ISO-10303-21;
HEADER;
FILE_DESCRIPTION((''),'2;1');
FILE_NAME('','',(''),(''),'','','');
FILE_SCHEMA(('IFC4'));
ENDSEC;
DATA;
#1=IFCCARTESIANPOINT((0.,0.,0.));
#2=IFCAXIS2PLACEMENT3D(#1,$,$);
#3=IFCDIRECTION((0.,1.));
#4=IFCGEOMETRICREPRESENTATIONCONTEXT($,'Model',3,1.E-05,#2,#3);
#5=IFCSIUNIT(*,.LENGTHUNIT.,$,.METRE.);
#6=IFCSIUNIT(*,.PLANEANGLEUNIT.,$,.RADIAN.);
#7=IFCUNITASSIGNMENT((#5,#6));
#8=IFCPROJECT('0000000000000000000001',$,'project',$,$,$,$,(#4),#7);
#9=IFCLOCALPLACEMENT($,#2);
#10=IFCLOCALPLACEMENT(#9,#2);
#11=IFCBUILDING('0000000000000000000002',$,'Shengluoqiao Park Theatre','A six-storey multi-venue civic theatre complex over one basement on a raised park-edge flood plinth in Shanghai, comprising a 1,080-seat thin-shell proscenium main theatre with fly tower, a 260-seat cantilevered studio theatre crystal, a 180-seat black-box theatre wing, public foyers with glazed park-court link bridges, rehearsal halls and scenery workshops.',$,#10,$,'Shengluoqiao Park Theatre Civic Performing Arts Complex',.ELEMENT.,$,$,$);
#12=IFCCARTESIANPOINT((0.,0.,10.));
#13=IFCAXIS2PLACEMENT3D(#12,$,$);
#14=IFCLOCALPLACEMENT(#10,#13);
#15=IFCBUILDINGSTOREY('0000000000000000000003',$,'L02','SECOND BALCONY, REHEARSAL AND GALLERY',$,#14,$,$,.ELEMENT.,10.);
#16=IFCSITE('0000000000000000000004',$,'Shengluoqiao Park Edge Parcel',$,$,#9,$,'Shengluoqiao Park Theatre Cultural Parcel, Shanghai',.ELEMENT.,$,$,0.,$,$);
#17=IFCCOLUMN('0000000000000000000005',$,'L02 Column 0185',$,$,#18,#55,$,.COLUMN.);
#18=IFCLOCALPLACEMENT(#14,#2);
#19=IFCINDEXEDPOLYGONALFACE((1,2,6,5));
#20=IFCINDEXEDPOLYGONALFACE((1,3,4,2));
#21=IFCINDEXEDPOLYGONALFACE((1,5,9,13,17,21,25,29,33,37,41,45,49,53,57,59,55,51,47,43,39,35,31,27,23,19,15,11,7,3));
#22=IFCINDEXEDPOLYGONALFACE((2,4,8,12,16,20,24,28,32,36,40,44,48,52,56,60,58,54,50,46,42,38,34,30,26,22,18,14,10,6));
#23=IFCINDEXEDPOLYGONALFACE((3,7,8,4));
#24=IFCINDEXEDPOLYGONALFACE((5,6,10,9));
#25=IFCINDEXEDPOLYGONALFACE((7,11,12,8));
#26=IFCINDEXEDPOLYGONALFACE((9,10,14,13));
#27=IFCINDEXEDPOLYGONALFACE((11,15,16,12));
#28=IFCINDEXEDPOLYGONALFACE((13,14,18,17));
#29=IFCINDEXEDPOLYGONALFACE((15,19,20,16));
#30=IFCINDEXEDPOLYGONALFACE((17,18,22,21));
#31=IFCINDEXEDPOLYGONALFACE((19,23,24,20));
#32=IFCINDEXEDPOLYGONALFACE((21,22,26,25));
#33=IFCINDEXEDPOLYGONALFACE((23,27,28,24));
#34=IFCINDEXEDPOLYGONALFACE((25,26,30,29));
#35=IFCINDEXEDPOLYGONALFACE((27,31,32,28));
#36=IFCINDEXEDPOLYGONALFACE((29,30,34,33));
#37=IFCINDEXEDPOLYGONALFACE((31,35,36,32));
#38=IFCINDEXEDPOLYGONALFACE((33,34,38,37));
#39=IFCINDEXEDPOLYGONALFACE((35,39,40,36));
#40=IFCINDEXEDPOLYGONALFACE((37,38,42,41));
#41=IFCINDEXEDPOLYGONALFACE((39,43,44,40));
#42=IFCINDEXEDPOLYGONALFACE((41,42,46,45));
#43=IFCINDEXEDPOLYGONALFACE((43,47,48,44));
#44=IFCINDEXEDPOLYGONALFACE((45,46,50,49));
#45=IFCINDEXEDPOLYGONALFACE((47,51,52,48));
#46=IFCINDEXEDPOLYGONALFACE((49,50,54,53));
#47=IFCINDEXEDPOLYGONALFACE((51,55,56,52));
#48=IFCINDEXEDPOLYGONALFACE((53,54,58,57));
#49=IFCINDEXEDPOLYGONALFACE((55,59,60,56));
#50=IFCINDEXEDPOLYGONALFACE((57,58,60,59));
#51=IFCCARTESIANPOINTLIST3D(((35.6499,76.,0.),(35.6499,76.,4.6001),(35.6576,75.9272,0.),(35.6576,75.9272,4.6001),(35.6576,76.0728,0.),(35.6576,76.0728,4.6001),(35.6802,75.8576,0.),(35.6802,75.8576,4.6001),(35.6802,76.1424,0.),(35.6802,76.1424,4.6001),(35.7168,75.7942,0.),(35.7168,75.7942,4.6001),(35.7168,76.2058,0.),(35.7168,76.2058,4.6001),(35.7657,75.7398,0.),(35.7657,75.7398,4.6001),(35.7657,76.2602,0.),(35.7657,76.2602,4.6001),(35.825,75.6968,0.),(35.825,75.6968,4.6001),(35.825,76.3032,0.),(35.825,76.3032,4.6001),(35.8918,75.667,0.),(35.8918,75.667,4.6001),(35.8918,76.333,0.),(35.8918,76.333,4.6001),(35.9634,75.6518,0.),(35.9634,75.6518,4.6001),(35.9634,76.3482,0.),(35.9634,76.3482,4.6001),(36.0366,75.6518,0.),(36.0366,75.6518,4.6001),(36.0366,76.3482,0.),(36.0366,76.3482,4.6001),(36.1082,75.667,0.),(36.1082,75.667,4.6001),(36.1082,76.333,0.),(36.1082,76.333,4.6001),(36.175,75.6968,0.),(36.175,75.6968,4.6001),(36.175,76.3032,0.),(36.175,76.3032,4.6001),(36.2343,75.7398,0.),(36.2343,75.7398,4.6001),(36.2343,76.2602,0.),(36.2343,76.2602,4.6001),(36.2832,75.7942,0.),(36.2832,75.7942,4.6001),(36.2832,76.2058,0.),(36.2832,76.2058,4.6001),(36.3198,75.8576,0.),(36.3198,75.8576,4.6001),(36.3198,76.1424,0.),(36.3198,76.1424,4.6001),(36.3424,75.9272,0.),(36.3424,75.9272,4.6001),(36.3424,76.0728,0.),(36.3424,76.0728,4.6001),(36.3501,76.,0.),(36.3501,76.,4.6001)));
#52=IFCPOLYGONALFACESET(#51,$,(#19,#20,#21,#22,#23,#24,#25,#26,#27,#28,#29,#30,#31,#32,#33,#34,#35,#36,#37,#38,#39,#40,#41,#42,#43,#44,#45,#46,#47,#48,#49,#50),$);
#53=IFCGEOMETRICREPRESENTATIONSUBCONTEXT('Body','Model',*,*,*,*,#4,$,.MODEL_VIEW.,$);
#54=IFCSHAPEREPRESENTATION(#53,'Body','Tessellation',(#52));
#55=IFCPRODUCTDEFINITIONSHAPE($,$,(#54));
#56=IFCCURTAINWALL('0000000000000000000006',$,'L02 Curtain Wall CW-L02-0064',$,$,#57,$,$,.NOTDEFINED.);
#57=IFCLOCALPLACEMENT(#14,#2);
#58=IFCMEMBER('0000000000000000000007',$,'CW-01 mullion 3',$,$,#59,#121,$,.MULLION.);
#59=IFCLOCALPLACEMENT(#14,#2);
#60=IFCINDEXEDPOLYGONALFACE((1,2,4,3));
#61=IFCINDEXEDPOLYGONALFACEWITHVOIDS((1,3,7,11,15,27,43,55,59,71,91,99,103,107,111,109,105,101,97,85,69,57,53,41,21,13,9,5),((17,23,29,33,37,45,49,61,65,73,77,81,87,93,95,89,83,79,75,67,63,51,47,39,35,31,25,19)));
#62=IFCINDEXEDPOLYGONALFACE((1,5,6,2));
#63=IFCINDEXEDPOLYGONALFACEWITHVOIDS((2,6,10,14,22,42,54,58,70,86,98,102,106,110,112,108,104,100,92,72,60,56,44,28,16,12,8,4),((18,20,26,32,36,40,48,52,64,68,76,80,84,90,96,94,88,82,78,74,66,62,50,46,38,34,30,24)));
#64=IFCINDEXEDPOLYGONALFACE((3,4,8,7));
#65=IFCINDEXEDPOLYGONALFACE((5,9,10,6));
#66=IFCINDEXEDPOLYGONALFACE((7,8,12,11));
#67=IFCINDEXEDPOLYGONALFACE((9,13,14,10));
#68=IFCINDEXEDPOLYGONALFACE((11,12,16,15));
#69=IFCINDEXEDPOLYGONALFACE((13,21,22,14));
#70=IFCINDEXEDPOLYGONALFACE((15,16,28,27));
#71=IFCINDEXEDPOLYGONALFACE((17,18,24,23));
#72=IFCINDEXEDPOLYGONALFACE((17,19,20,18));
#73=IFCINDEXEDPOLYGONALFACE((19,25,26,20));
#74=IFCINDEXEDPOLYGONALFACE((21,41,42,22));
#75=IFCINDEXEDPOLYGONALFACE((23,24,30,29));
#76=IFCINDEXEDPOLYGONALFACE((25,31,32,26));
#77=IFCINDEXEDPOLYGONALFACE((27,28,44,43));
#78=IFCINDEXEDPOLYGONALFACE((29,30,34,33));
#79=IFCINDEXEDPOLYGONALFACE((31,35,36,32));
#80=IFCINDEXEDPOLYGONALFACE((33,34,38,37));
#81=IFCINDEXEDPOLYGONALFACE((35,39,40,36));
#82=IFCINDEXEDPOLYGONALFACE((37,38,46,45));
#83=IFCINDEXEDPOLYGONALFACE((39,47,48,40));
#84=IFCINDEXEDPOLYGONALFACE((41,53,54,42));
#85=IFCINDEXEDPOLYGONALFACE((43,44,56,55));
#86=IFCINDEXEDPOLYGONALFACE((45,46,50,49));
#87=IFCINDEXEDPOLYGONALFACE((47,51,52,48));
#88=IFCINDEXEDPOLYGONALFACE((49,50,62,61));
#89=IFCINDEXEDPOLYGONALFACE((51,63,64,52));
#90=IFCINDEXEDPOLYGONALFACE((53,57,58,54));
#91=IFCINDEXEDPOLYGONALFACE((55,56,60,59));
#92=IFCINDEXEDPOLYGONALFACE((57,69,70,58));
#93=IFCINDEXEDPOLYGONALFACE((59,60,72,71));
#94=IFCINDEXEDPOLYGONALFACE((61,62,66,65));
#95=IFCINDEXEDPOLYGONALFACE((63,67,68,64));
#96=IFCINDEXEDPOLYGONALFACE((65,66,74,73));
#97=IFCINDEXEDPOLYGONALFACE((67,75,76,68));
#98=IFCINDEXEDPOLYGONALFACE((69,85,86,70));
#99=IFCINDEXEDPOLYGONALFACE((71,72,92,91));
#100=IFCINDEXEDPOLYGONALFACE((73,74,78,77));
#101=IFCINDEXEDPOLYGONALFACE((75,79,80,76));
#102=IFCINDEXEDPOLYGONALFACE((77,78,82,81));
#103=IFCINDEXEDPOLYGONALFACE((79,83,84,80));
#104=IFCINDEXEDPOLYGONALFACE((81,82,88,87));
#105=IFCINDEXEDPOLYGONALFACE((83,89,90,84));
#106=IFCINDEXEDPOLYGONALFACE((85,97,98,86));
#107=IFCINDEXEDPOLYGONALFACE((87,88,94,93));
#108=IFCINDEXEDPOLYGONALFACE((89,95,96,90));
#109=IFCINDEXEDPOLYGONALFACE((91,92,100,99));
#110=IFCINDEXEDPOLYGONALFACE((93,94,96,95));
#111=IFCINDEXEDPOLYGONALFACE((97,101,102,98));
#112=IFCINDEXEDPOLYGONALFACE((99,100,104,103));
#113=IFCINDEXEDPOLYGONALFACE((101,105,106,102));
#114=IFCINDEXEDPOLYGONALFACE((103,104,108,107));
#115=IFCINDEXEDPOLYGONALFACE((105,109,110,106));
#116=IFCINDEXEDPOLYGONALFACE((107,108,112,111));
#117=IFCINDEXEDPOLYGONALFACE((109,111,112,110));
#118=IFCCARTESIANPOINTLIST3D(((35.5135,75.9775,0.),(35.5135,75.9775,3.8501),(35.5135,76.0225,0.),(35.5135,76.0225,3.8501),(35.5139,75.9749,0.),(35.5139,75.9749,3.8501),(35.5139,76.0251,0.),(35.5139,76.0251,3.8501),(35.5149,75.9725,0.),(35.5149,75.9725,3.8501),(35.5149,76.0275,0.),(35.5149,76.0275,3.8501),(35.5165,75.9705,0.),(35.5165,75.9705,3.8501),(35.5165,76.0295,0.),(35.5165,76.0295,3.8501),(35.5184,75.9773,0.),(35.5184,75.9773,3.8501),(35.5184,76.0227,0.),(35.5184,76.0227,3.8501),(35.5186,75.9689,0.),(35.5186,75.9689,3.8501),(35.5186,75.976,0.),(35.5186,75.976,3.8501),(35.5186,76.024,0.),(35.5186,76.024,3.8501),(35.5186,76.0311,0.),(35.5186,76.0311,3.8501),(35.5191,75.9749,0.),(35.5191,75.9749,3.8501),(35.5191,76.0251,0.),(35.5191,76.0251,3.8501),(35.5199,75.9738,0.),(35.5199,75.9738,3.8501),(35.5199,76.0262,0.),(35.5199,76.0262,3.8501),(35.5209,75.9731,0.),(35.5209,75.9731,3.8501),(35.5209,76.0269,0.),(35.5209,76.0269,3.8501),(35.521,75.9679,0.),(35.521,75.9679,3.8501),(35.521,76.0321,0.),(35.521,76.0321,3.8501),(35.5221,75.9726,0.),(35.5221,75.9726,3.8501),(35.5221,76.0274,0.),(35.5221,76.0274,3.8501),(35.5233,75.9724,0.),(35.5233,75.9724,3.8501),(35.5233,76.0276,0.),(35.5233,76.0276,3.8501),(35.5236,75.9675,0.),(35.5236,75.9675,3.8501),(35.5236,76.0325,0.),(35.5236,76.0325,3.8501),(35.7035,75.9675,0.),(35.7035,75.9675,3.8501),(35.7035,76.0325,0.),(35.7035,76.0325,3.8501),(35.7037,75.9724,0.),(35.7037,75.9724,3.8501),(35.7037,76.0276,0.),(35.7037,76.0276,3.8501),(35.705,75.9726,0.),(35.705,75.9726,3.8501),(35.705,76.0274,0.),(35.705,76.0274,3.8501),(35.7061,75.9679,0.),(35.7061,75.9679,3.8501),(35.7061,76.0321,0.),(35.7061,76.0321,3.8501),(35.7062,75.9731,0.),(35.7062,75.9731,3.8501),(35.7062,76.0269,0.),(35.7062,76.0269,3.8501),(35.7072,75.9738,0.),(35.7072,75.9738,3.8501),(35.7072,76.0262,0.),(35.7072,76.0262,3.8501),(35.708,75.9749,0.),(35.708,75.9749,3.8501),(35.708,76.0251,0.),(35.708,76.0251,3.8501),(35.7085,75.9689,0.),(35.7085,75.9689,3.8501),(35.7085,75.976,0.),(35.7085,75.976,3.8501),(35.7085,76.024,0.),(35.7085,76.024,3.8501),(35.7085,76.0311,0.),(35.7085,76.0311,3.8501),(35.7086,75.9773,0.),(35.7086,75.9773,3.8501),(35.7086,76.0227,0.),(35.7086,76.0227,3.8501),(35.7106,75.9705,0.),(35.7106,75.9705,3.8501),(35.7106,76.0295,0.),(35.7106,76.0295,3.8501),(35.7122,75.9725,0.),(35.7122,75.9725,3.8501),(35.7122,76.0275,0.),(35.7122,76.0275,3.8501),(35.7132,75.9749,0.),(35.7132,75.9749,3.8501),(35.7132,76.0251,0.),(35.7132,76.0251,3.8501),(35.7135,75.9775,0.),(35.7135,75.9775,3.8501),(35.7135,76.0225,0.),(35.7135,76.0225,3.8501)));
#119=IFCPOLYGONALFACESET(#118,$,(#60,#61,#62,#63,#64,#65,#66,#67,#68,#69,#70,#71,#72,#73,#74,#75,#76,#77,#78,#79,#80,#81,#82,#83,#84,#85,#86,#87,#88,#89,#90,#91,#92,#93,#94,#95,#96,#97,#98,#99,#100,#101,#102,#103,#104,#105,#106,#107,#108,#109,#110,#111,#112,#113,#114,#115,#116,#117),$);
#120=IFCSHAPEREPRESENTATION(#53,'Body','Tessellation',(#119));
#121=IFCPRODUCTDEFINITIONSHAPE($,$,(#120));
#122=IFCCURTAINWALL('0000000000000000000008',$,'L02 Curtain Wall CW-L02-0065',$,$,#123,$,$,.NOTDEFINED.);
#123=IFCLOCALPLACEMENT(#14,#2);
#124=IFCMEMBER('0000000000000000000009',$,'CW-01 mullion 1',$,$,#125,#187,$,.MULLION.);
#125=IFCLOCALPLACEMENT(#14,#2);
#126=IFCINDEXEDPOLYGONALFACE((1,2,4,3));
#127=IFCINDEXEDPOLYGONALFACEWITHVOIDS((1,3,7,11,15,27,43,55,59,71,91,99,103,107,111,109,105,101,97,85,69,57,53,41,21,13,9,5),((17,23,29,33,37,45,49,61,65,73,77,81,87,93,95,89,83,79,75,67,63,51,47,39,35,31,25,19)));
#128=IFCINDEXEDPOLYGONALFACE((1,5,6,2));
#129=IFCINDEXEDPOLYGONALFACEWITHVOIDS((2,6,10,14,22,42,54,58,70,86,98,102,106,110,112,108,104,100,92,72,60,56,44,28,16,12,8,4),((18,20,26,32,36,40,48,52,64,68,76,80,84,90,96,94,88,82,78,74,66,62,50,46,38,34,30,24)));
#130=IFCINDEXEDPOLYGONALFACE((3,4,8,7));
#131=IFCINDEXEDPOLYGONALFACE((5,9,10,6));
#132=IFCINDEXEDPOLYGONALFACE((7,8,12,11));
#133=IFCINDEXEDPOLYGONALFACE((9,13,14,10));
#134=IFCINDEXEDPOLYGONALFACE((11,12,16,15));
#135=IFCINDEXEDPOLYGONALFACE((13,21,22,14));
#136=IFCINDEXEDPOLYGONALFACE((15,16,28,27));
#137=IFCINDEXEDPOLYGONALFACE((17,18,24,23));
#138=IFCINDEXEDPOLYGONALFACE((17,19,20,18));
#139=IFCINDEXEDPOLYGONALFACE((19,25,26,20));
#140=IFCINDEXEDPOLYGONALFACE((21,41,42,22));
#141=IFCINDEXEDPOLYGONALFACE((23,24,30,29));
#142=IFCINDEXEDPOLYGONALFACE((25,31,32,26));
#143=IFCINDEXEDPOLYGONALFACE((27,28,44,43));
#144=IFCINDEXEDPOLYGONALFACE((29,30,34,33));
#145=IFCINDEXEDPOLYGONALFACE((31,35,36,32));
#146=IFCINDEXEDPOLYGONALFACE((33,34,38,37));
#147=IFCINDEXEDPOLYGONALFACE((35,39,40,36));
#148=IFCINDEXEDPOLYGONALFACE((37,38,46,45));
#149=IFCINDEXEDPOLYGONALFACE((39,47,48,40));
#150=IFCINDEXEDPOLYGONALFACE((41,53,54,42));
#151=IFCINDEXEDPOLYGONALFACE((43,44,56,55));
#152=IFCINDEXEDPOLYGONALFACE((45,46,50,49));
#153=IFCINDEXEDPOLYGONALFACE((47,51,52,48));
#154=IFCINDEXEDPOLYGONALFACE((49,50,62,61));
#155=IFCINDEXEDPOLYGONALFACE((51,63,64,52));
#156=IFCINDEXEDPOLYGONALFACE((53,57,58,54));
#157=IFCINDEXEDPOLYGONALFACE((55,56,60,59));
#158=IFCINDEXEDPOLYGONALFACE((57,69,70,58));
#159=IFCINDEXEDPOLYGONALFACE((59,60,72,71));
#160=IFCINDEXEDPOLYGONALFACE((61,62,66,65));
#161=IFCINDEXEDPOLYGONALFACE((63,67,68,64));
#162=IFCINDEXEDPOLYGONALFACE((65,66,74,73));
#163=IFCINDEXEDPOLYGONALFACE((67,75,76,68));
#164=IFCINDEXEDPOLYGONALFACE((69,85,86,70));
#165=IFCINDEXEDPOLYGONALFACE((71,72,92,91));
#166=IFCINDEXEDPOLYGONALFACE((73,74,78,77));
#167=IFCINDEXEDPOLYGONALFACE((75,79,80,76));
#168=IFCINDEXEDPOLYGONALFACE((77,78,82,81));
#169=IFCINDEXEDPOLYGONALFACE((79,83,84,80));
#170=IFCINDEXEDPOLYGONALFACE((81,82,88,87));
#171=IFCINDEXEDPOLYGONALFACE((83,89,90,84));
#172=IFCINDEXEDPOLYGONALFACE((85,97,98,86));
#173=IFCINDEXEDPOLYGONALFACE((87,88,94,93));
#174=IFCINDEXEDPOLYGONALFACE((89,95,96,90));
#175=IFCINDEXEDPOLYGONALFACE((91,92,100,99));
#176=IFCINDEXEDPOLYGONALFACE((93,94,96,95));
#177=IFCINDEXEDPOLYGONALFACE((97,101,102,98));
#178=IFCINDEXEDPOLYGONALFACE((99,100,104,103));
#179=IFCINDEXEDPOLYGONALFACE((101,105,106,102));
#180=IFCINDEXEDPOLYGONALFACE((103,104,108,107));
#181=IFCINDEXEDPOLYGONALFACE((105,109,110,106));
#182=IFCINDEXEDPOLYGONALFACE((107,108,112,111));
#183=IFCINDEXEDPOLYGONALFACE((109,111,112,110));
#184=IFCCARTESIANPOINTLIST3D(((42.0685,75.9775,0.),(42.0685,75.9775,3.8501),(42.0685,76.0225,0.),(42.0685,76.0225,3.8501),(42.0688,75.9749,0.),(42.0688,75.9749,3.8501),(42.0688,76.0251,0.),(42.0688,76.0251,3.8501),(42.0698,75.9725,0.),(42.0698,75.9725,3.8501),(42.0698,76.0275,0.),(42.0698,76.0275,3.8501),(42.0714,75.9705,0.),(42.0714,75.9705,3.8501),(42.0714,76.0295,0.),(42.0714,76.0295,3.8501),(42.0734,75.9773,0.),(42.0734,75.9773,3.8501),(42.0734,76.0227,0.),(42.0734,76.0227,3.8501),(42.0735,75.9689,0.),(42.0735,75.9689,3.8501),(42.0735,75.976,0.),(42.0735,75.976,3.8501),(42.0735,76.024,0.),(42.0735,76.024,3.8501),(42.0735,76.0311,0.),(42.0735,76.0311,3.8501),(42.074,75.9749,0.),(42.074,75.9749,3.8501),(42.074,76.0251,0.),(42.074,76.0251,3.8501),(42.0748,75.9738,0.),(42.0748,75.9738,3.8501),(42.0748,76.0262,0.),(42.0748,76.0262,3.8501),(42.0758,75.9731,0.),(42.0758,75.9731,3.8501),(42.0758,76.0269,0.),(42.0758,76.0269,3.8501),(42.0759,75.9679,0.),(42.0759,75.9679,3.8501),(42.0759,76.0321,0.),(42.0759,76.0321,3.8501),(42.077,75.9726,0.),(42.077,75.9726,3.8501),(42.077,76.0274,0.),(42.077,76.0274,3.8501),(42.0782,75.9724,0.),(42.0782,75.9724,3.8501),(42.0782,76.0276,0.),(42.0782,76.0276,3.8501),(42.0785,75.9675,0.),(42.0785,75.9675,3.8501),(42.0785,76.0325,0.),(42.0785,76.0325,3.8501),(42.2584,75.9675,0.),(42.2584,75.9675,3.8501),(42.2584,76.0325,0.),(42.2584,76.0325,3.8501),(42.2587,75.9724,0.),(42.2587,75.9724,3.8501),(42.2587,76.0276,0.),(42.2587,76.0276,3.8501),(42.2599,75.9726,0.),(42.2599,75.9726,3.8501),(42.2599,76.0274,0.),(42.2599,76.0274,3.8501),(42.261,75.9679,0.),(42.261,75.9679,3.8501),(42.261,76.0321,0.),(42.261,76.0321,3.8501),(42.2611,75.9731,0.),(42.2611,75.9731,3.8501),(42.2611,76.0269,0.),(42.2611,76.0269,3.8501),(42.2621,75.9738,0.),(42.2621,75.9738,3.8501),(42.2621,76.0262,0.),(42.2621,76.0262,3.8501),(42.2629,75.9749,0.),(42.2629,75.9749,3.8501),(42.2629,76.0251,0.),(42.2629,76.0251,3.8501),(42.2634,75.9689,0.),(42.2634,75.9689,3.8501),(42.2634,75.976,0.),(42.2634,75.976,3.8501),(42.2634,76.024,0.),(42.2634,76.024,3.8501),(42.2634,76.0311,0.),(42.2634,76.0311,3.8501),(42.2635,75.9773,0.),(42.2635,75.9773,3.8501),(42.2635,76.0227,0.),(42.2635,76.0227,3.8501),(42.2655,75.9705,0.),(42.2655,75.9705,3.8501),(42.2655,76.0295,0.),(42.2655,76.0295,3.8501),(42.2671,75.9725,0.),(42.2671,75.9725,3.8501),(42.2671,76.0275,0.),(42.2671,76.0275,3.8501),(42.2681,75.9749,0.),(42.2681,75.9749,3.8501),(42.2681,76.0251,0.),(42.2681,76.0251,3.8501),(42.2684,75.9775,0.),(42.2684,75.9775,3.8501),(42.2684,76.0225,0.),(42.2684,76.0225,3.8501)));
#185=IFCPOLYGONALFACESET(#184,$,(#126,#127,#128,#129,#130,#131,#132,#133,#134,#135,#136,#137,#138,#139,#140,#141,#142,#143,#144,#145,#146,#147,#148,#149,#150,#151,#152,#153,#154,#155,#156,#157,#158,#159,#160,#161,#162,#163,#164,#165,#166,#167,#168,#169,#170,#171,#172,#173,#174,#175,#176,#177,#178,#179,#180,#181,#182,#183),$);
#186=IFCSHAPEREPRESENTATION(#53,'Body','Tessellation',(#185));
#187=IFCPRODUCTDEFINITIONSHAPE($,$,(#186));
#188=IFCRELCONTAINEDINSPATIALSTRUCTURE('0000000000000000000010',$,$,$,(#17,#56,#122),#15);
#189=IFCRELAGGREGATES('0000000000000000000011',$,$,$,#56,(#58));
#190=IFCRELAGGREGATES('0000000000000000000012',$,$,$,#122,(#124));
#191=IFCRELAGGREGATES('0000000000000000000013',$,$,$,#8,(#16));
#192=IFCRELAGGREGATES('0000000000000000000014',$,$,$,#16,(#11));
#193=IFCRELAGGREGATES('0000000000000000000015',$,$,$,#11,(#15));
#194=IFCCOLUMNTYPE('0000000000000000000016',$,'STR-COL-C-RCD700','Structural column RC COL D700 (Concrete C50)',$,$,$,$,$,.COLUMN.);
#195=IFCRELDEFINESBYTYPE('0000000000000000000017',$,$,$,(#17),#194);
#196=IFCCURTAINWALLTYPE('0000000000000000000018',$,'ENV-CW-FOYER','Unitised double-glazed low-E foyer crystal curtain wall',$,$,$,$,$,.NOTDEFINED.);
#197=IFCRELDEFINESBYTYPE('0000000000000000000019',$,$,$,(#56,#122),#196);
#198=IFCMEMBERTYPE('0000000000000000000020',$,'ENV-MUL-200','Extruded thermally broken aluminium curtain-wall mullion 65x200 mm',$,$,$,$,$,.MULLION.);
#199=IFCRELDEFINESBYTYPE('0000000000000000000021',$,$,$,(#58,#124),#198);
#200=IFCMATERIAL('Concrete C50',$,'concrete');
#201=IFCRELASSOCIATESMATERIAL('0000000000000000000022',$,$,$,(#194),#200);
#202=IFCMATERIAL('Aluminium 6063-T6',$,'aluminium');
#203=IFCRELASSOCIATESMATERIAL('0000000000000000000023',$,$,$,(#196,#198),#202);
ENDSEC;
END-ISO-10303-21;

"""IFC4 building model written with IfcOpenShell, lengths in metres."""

from ifc_helpers import new_model, si_unit, direction, frame, origin, origin_2d, place, context, subcontext, project, spatial, hollow_rectangle, circle, extrude, material, material_profile, profile_set, type_object, element, aggregate, save


model = new_model("IFC4")

# Units and contexts
model_context = context("Model", 3, precision=1e-05, world=origin(), true_north=direction((0.0, 1.0)))
body_context = subcontext(model_context, "Body", "Model", "MODEL_VIEW")
ifc_project = project(units=[si_unit("LENGTHUNIT", "METRE"), si_unit("PLANEANGLEUNIT", "RADIAN")], contexts=[model_context])

# Site, building, storey
site_placement = place(None, origin())
site = spatial("IfcSite", under=ifc_project, at=site_placement, Name="Shengluoqiao Park Edge Parcel", LongName="Shengluoqiao Park Theatre Cultural Parcel, Shanghai", CompositionType="ELEMENT", RefElevation=0.0)
building_placement = place(site_placement, origin())
building = spatial("IfcBuilding", under=site, at=building_placement, Name="Shengluoqiao Park Theatre", Description="A six-storey multi-venue civic theatre complex over one basement on a raised park-edge flood plinth in Shanghai, comprising a 1,080-seat thin-shell proscenium main theatre with fly tower, a 260-seat cantilevered studio theatre crystal, a 180-seat black-box theatre wing, public foyers with glazed park-court link bridges, rehearsal halls and scenery workshops.", LongName="Shengluoqiao Park Theatre Civic Performing Arts Complex", CompositionType="ELEMENT")
storey_placement = place(building_placement, frame((0.0, 0.0, 10.0)))
storey = spatial("IfcBuildingStorey", under=building, at=storey_placement, Name="L02", Description="SECOND BALCONY, REHEARSAL AND GALLERY", CompositionType="ELEMENT", Elevation=10.0)

# Column
ifc_material_1 = material(Name="Concrete C50", Category="concrete")
ifc_material_profile_1 = material_profile(ifc_material_1, circle(Radius=0.3501, at=origin_2d()), Name="RC COL D700")
ifc_profile_set_1 = profile_set([ifc_material_profile_1], Name="Concrete C50")
column_type = type_object("IfcColumnType", Name="STR-COL-C-RCD700", Description="Structural column RC COL D700 (Concrete C50)", PredefinedType="COLUMN", material=ifc_profile_set_1)
column_placement = place(storey_placement, frame((36.0, 76.0, 0.0), z_axis=(0.0, 0.0, 1.0), x_axis=(1.0, 0.0, 0.0)))
element("IfcColumn", 1, at=column_placement, inside=storey, type_object=column_type, Name="L02 Column 0185", PredefinedType="COLUMN", context=body_context, shape_type="SweptSolid", body=[
    extrude(circle(Radius=0.3501, at=origin_2d()), origin(), (0.0, 0.0, 1.0), 4.6001),
])

# Curtain wall, member
ifc_material_2 = material(Name="Aluminium 6063-T6", Category="aluminium")
curtain_wall_type = type_object("IfcCurtainWallType", Name="ENV-CW-FOYER", Description="Unitised double-glazed low-E foyer crystal curtain wall", PredefinedType="NOTDEFINED", material=ifc_material_2)
curtain_wall_1_placement = place(storey_placement, origin())
curtain_wall_1 = element("IfcCurtainWall", 2, at=curtain_wall_1_placement, inside=storey, type_object=curtain_wall_type, Name="L02 Curtain Wall CW-L02-0064", PredefinedType="NOTDEFINED")
ifc_material_profile_2 = material_profile(ifc_material_2, hollow_rectangle(XDim=0.0649, YDim=0.2, WallThickness=0.0049, InnerFilletRadius=0.0049, OuterFilletRadius=0.01, at=origin_2d()), Name="ALU MULLION 200x65x5")
ifc_profile_set_2 = profile_set([ifc_material_profile_2], Name="Aluminium 6063-T6")
member_type_1 = type_object("IfcMemberType", Name="ENV-MUL-200", Description="Extruded thermally broken aluminium curtain-wall mullion 65x200 mm", PredefinedType="MULLION", material=ifc_profile_set_2)
member_1_placement = place(storey_placement, frame((35.6135, 76.0, 0.0), z_axis=(0.0, 0.0, 1.0), x_axis=(0.0, 1.0, 0.0)))
member_1 = element("IfcMember", 3, at=member_1_placement, type_object=member_type_1, Name="CW-01 mullion 3", PredefinedType="MULLION", context=body_context, shape_type="SweptSolid", body=[
    extrude(hollow_rectangle(XDim=0.0649, YDim=0.2, WallThickness=0.0049, InnerFilletRadius=0.0049, OuterFilletRadius=0.01, at=origin_2d()), origin(), (0.0, 0.0, 1.0), 3.8501),
])

# Curtain wall, member
curtain_wall_2_placement = place(storey_placement, origin())
curtain_wall_2 = element("IfcCurtainWall", 4, at=curtain_wall_2_placement, inside=storey, type_object=curtain_wall_type, Name="L02 Curtain Wall CW-L02-0065", PredefinedType="NOTDEFINED")
member_2_placement = place(storey_placement, frame((42.1685, 76.0, 0.0), z_axis=(0.0, 0.0, 1.0), x_axis=(0.0, 1.0, 0.0)))
member_2 = element("IfcMember", 5, at=member_2_placement, type_object=member_type_1, Name="CW-01 mullion 1", PredefinedType="MULLION", context=body_context, shape_type="SweptSolid", body=[
    extrude(hollow_rectangle(XDim=0.0649, YDim=0.2, WallThickness=0.0049, InnerFilletRadius=0.0049, OuterFilletRadius=0.01, at=origin_2d()), origin(), (0.0, 0.0, 1.0), 3.8501),
])

aggregate(curtain_wall_1, [member_1])
aggregate(curtain_wall_2, [member_2])

save(model, "model.ifc")
